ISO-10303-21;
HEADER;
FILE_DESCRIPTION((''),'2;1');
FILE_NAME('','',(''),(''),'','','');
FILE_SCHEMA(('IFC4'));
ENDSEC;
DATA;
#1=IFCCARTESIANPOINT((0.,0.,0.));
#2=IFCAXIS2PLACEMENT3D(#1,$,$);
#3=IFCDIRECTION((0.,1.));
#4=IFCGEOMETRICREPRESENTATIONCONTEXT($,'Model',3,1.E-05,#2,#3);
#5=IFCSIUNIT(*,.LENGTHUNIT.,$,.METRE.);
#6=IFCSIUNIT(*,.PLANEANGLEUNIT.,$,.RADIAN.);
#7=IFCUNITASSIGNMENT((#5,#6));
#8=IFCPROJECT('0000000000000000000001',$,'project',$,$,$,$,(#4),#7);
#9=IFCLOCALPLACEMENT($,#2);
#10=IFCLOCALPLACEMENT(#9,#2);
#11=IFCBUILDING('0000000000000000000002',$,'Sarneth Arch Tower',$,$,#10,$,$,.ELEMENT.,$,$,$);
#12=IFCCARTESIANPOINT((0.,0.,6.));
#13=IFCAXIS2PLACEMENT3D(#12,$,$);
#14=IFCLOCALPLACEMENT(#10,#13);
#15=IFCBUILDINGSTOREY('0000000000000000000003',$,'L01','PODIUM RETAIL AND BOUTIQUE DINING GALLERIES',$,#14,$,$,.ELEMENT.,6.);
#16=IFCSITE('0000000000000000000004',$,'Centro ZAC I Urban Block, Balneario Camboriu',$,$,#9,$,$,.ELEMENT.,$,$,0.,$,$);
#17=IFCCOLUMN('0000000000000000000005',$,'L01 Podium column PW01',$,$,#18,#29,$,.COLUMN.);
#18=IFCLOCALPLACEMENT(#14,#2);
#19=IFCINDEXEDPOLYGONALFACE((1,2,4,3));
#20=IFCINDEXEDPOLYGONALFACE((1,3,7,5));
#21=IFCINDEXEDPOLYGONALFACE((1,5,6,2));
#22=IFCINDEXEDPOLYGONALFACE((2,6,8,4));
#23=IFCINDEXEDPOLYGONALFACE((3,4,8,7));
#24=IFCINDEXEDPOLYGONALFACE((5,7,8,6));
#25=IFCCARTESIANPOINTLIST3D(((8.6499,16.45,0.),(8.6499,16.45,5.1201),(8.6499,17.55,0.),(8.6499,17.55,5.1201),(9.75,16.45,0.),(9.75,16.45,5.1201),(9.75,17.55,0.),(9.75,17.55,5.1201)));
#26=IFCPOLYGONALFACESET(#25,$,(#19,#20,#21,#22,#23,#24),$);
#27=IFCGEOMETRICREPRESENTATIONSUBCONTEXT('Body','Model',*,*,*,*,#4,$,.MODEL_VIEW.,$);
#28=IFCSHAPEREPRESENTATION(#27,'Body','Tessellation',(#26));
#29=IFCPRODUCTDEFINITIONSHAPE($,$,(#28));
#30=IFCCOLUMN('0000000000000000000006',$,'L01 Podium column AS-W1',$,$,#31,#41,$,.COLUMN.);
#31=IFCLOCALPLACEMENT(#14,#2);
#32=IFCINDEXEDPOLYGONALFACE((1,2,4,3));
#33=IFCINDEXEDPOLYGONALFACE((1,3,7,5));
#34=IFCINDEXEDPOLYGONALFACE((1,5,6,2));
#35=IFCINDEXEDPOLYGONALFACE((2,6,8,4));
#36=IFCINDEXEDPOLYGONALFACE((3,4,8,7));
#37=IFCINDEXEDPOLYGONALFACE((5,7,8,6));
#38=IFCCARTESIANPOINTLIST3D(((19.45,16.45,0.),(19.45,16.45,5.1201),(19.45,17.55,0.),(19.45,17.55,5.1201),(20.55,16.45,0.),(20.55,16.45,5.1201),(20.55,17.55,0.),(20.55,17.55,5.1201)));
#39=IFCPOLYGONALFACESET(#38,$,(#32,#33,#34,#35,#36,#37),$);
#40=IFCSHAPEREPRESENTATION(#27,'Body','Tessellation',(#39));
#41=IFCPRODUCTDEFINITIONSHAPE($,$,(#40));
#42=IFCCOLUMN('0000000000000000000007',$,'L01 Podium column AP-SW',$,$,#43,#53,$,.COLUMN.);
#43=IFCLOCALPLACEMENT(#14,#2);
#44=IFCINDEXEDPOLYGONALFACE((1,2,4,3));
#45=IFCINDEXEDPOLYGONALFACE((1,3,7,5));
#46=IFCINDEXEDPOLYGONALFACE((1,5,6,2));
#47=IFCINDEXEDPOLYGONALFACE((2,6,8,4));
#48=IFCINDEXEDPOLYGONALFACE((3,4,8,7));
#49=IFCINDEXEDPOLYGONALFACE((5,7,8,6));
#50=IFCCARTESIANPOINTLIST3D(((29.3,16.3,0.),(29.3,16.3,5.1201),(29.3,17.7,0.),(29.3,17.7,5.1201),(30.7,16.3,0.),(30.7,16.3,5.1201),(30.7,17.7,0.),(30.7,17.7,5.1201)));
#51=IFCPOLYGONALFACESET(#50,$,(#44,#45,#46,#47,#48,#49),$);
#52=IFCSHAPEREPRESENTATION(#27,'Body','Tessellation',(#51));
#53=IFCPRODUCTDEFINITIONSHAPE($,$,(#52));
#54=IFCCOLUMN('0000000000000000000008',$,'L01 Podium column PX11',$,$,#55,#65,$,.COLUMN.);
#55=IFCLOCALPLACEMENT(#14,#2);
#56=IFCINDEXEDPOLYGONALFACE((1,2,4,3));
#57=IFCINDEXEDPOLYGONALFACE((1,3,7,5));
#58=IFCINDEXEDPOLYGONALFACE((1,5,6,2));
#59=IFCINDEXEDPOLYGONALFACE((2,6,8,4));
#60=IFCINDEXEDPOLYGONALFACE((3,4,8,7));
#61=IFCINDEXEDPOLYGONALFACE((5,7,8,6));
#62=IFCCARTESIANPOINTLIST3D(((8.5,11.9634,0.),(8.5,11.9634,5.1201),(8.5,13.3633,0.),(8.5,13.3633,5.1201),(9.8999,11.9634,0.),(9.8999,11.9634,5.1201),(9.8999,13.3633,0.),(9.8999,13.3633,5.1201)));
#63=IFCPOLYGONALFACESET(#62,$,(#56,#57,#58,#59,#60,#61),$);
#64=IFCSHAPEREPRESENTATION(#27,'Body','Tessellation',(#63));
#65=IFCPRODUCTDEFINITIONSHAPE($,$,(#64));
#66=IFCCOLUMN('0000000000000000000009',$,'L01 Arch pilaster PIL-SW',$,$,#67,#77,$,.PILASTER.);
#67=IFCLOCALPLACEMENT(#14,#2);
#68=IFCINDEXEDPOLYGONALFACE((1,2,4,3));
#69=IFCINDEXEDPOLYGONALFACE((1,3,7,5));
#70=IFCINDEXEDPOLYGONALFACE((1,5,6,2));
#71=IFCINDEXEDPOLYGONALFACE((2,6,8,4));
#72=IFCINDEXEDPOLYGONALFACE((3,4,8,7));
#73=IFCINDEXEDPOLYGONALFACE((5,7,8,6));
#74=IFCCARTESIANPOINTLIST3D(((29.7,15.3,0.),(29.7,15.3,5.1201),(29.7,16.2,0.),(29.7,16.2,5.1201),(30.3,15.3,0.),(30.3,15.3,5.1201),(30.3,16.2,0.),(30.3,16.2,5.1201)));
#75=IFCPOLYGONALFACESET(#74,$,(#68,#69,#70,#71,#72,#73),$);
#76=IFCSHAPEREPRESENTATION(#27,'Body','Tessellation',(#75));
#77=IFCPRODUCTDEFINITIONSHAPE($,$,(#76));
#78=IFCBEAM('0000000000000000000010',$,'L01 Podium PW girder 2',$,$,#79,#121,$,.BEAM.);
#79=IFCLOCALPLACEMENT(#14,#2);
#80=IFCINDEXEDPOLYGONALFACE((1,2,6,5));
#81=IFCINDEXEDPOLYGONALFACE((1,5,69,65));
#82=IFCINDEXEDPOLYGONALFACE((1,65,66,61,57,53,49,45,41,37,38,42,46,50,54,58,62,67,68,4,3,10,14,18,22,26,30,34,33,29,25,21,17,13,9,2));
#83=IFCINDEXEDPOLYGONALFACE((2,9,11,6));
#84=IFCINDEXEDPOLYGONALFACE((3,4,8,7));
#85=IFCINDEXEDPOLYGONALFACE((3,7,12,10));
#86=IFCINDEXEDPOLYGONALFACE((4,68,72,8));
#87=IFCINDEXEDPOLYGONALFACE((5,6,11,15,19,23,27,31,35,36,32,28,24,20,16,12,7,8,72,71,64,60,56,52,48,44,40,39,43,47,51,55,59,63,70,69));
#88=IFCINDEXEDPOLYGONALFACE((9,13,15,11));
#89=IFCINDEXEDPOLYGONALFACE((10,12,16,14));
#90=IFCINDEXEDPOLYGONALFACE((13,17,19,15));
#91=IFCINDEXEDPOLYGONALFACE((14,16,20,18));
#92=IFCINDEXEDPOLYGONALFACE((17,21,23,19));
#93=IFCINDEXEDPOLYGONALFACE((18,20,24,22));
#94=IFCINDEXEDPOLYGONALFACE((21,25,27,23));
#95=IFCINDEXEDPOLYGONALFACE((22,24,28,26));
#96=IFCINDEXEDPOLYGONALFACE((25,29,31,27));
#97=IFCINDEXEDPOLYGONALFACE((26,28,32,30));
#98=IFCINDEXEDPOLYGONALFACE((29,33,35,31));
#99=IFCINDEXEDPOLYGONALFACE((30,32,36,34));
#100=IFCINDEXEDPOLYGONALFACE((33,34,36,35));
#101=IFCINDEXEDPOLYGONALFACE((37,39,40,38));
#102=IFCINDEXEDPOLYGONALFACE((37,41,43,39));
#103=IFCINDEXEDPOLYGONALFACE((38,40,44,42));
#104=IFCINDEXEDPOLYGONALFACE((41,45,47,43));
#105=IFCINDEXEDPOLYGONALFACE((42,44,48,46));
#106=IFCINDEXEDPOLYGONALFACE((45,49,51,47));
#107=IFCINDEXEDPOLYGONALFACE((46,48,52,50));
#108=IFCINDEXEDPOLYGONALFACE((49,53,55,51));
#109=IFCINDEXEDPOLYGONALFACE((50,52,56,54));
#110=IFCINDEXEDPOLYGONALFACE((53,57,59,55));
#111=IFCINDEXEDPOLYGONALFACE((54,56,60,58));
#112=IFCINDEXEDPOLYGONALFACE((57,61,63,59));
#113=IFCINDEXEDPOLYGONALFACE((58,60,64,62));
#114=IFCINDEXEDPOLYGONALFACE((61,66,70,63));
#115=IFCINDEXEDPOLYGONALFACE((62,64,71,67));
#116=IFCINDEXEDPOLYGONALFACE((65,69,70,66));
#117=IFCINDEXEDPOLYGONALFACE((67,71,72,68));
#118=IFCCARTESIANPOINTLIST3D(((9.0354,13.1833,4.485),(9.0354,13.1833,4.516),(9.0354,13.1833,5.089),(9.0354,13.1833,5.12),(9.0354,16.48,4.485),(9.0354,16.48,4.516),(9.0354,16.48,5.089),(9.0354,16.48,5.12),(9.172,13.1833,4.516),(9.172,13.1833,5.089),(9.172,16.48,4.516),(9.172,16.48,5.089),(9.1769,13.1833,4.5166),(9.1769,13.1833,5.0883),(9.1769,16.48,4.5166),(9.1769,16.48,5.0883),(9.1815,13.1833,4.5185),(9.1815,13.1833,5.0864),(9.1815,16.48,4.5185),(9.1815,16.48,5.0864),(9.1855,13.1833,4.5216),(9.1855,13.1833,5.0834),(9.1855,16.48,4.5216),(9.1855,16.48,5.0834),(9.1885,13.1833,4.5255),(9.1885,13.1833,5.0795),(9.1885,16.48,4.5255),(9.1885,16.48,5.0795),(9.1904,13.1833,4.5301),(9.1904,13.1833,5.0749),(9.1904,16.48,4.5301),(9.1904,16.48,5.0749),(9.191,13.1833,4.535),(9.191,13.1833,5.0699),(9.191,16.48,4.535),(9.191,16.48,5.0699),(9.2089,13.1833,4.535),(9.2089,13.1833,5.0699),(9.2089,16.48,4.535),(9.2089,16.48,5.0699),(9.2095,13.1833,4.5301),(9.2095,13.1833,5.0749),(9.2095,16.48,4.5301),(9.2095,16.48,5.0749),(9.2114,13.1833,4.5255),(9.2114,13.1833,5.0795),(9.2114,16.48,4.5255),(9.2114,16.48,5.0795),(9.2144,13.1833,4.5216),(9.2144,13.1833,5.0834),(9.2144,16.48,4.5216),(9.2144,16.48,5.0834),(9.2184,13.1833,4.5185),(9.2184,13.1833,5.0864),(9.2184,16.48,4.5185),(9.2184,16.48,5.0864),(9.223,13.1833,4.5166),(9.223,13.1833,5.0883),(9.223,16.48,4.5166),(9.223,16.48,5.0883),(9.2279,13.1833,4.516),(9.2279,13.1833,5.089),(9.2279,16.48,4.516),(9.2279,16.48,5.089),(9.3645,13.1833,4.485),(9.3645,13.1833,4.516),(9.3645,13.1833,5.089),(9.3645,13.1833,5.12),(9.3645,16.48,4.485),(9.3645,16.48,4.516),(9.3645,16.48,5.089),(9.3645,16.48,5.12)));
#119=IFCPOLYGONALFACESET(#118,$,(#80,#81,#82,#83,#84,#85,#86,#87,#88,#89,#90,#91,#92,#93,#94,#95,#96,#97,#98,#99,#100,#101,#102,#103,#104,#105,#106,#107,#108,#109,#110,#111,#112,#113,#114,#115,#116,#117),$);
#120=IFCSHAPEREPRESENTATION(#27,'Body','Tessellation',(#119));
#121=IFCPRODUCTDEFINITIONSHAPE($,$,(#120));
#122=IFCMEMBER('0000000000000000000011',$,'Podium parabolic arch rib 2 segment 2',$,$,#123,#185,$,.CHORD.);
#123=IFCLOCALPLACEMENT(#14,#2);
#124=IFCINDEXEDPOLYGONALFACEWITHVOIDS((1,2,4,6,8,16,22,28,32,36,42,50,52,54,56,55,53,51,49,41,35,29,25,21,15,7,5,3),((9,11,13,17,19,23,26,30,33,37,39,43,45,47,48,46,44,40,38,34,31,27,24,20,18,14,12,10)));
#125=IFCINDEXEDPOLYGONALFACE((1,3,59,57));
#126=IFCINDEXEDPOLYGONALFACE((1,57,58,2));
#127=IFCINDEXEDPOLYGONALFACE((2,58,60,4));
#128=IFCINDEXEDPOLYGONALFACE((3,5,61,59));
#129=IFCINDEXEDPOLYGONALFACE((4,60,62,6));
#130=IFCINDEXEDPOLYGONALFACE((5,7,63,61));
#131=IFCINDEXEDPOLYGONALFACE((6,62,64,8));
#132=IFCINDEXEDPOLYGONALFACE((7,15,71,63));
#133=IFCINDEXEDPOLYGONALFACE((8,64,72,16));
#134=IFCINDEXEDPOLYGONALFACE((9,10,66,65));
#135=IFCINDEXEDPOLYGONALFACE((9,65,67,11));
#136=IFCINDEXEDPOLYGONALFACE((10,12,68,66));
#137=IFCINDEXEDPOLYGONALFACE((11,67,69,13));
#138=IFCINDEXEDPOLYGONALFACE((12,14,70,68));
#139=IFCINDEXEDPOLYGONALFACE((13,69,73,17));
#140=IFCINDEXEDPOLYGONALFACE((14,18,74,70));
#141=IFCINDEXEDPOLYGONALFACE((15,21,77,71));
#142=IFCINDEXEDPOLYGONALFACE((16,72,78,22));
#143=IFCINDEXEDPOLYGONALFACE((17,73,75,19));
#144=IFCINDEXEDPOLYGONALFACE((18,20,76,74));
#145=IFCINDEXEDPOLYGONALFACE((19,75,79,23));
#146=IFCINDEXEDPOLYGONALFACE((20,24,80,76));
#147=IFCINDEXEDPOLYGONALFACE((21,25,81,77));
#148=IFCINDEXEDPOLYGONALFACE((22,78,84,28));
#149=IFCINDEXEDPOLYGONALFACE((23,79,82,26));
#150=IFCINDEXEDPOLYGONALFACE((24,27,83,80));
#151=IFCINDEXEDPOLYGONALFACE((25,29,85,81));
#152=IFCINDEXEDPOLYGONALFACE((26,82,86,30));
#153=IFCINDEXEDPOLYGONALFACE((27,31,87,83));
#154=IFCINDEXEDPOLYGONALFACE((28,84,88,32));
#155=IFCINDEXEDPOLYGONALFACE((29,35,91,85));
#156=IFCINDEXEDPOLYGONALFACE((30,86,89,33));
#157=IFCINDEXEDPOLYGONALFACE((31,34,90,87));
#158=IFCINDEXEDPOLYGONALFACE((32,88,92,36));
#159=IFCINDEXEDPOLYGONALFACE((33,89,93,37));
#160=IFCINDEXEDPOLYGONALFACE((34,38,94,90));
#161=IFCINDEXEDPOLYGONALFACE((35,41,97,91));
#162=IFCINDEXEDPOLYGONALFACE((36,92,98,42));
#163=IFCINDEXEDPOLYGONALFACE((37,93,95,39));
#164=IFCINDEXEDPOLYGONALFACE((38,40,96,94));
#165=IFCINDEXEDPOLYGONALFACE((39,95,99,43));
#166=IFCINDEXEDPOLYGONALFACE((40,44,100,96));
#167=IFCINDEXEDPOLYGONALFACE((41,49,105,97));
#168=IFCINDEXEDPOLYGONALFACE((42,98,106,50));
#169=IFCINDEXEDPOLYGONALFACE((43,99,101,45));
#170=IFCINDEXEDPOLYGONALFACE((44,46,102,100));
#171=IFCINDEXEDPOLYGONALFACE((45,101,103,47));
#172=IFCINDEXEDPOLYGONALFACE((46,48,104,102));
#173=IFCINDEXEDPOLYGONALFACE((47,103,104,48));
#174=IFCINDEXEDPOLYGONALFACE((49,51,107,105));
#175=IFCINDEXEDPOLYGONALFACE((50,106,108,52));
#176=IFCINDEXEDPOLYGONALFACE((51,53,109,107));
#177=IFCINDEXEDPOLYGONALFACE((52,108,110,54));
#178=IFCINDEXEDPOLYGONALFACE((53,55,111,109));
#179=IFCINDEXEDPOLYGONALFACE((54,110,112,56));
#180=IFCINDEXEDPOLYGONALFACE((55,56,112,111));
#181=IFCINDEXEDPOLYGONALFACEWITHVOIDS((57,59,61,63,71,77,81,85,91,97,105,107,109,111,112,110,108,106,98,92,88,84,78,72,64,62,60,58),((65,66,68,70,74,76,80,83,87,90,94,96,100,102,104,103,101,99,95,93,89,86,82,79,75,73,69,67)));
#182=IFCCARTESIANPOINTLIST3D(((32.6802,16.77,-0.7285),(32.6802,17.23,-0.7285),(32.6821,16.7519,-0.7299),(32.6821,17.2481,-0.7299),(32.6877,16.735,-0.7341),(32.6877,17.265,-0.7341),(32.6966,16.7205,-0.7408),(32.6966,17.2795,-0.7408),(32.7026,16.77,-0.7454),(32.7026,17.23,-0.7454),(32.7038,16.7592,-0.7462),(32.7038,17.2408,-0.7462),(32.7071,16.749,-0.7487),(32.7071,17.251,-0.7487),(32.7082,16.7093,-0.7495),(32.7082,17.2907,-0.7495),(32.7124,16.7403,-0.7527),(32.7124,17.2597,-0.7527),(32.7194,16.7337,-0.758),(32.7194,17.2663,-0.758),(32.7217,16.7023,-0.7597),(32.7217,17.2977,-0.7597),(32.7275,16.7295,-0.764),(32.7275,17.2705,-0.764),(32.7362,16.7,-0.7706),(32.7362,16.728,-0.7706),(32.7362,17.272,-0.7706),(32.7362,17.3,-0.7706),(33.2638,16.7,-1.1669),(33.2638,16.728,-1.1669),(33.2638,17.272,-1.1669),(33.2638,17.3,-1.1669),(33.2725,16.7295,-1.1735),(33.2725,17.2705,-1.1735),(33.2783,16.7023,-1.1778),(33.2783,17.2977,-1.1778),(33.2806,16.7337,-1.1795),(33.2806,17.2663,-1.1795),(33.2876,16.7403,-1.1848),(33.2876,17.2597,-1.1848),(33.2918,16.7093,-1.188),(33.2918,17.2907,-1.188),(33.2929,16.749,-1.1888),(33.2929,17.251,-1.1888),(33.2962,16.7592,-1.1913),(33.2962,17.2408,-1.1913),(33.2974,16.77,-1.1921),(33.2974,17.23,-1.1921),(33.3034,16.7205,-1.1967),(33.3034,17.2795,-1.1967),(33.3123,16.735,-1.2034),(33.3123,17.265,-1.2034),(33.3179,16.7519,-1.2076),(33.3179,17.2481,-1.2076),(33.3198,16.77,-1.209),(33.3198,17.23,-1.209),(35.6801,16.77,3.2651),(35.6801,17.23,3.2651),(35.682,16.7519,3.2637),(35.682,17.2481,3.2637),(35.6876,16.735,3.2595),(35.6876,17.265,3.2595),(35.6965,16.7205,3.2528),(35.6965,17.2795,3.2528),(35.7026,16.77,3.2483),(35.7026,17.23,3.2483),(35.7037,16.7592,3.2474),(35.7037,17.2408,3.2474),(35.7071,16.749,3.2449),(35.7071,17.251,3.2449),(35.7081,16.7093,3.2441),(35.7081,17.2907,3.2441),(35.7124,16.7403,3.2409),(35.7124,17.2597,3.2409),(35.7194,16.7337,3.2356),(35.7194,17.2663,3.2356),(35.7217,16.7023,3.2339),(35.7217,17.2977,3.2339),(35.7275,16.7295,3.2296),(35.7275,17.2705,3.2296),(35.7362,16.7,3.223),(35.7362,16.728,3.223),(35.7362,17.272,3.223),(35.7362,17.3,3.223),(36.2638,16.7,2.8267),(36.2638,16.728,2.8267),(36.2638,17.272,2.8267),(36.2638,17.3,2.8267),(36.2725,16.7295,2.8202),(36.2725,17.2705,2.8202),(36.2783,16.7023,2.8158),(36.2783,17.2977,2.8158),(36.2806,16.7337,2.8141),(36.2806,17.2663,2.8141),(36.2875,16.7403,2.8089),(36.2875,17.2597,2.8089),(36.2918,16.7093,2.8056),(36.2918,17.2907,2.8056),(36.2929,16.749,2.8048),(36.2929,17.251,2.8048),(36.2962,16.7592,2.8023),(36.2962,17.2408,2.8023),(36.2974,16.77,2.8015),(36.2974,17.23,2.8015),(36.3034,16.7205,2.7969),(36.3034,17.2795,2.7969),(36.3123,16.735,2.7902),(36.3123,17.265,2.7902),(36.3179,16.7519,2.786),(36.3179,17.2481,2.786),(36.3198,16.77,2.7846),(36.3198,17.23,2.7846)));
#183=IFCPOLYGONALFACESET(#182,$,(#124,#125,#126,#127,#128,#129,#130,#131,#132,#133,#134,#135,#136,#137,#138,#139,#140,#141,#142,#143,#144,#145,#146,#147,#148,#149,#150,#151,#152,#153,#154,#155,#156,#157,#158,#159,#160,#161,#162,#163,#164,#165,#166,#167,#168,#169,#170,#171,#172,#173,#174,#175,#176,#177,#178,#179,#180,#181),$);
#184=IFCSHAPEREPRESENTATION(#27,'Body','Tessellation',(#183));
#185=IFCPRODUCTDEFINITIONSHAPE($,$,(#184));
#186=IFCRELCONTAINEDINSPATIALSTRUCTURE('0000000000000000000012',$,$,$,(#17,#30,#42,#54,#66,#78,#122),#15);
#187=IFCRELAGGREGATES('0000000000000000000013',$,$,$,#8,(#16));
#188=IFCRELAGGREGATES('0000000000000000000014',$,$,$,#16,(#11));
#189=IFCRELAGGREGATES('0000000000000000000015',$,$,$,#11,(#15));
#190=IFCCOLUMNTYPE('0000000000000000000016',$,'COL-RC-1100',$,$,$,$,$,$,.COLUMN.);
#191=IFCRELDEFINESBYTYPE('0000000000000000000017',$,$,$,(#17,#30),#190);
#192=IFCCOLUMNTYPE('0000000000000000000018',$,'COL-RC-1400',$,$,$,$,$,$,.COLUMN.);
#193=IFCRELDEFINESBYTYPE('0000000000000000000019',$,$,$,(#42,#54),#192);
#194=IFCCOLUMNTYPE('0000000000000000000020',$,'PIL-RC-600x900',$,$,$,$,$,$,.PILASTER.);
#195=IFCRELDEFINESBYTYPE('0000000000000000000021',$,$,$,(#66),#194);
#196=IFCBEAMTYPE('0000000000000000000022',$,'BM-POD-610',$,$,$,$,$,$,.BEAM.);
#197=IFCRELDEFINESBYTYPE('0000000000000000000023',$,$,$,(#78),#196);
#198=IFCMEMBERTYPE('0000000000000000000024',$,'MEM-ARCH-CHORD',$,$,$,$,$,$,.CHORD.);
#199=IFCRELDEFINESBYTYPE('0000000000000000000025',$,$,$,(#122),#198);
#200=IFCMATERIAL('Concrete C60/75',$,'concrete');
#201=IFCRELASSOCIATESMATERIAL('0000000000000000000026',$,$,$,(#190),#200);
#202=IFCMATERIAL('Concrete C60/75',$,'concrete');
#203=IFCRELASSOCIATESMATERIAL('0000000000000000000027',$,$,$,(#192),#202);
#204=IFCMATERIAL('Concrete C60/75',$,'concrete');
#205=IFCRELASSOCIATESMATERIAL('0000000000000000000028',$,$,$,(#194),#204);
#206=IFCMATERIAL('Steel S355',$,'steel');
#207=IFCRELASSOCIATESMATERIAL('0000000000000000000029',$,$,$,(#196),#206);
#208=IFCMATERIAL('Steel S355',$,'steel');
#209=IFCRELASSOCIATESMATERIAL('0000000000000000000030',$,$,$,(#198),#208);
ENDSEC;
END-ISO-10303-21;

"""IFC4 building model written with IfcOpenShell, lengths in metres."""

from ifc_helpers import new_model, si_unit, direction, frame, origin, origin_2d, place, context, subcontext, project, spatial, rectangle, hollow_rectangle, i_section, extrude, material, material_profile, profile_set, type_object, element, save


model = new_model("IFC4")

# Units and contexts
model_context = context("Model", 3, precision=1e-05, world=origin(), true_north=direction((0.0, 1.0)))
body_context = subcontext(model_context, "Body", "Model", "MODEL_VIEW")
ifc_project = project(units=[si_unit("LENGTHUNIT", "METRE"), si_unit("PLANEANGLEUNIT", "RADIAN")], contexts=[model_context])

# Site, building, storey
site_placement = place(None, origin())
site = spatial("IfcSite", under=ifc_project, at=site_placement, Name="Centro ZAC I Urban Block, Balneario Camboriu", CompositionType="ELEMENT", RefElevation=0.0)
building_placement = place(site_placement, origin())
building = spatial("IfcBuilding", under=site, at=building_placement, Name="Sarneth Arch Tower", CompositionType="ELEMENT")
storey_placement = place(building_placement, frame((0.0, 0.0, 6.0)))
storey = spatial("IfcBuildingStorey", under=building, at=storey_placement, Name="L01", Description="PODIUM RETAIL AND BOUTIQUE DINING GALLERIES", CompositionType="ELEMENT", Elevation=6.0)

# Columns
ifc_material_1 = material(Name="Concrete C60/75", Category="concrete")
ifc_material_profile_1 = material_profile(ifc_material_1, rectangle(XDim=1.1001, YDim=1.1001, at=origin_2d()), Name="RC-1100x1100")
ifc_profile_set_1 = profile_set([ifc_material_profile_1], Name="Concrete C60/75")
column_type_1 = type_object("IfcColumnType", Name="COL-RC-1100", PredefinedType="COLUMN", material=ifc_profile_set_1)
for number, where, z_axis, x_axis, name in (
    (1, (9.2, 17.0, 0.0), (0.0, 0.0, 1.0), (1.0, 0.0, 0.0), "L01 Podium column PW01"),
    (2, (20.0, 17.0, 0.0), (0.0, 0.0, 1.0), (1.0, 0.0, 0.0), "L01 Podium column AS-W1"),
):
    element("IfcColumn", number, at=place(storey_placement, frame(where, z_axis=z_axis, x_axis=x_axis)), inside=storey, type_object=column_type_1, Name=name, PredefinedType="COLUMN", context=body_context, shape_type="SweptSolid", body=[
        extrude(rectangle(XDim=1.1001, YDim=1.1001, at=origin_2d()), origin(), (0.0, 0.0, 1.0), 5.1201),
    ])
ifc_material_2 = material(Name="Concrete C60/75", Category="concrete")
ifc_material_profile_2 = material_profile(ifc_material_2, rectangle(XDim=1.3999, YDim=1.3999, at=origin_2d()), Name="RC-1400x1400")
ifc_profile_set_2 = profile_set([ifc_material_profile_2], Name="Concrete C60/75")
column_type_2 = type_object("IfcColumnType", Name="COL-RC-1400", PredefinedType="COLUMN", material=ifc_profile_set_2)
for number, where, z_axis, x_axis, name in (
    (3, (30.0, 17.0, 0.0), (0.0, 0.0, 1.0), (1.0, 0.0, 0.0), "L01 Podium column AP-SW"),
    (4, (9.2, 12.6633, 0.0), (0.0, 0.0, 1.0), (1.0, 0.0, 0.0), "L01 Podium column PX11"),
):
    element("IfcColumn", number, at=place(storey_placement, frame(where, z_axis=z_axis, x_axis=x_axis)), inside=storey, type_object=column_type_2, Name=name, PredefinedType="COLUMN", context=body_context, shape_type="SweptSolid", body=[
        extrude(rectangle(XDim=1.3999, YDim=1.3999, at=origin_2d()), origin(), (0.0, 0.0, 1.0), 5.1201),
    ])
ifc_material_3 = material(Name="Concrete C60/75", Category="concrete")
ifc_material_profile_3 = material_profile(ifc_material_3, rectangle(XDim=0.6001, YDim=0.8999, at=origin_2d()), Name="RC-600x900")
ifc_profile_set_3 = profile_set([ifc_material_profile_3], Name="Concrete C60/75")
column_type_3 = type_object("IfcColumnType", Name="PIL-RC-600x900", PredefinedType="PILASTER", material=ifc_profile_set_3)
column_placement = place(storey_placement, frame((30.0, 15.75, 0.0), z_axis=(0.0, 0.0, 1.0), x_axis=(1.0, 0.0, 0.0)))
element("IfcColumn", 5, at=column_placement, inside=storey, type_object=column_type_3, Name="L01 Arch pilaster PIL-SW", PredefinedType="PILASTER", context=body_context, shape_type="SweptSolid", body=[
    extrude(rectangle(XDim=0.6001, YDim=0.8999, at=origin_2d()), origin(), (0.0, 0.0, 1.0), 5.1201),
])

# Beam
ifc_material_4 = material(Name="Steel S355", Category="steel")
ifc_material_profile_4 = material_profile(ifc_material_4, i_section(OverallWidth=0.3291, OverallDepth=0.635, WebThickness=0.0178, FlangeThickness=0.031, FilletRadius=0.019, at=origin_2d()), Name="W610x241")
ifc_profile_set_4 = profile_set([ifc_material_profile_4], Name="Steel S355")
beam_type = type_object("IfcBeamType", Name="BM-POD-610", PredefinedType="BEAM", material=ifc_profile_set_4)
beam_placement = place(storey_placement, frame((9.2, 13.1833, 4.8025), z_axis=(0.0, 1.0, 0.0), x_axis=(-1.0, 0.0, 0.0)))
element("IfcBeam", 6, at=beam_placement, inside=storey, type_object=beam_type, Name="L01 Podium PW girder 2", PredefinedType="BEAM", context=body_context, shape_type="SweptSolid", body=[
    extrude(i_section(OverallWidth=0.3291, OverallDepth=0.635, WebThickness=0.0178, FlangeThickness=0.031, FilletRadius=0.019, at=origin_2d()), origin(), (0.0, 0.0, 1.0), 3.2966),
])

# Member
ifc_material_5 = material(Name="Steel S355", Category="steel")
ifc_material_profile_5 = material_profile(ifc_material_5, hollow_rectangle(XDim=0.6001, YDim=0.8, WallThickness=0.0281, InnerFilletRadius=0.042, OuterFilletRadius=0.0701, at=origin_2d()), Name="RHS800x600x28")
ifc_profile_set_5 = profile_set([ifc_material_profile_5], Name="Steel S355")
member_type_1 = type_object("IfcMemberType", Name="MEM-ARCH-CHORD", PredefinedType="CHORD", material=ifc_profile_set_5)
member_1_placement = place(storey_placement, frame((33.0, 17.0, -0.9688), z_axis=(0.60061, 0.0, 0.799542), x_axis=(0.0, 1.0, 0.0)))
element("IfcMember", 7, at=member_1_placement, inside=storey, type_object=member_type_1, Name="Podium parabolic arch rib 2 segment 2", PredefinedType="CHORD", context=body_context, shape_type="SweptSolid", body=[
    extrude(hollow_rectangle(XDim=0.6001, YDim=0.8, WallThickness=0.0281, InnerFilletRadius=0.042, OuterFilletRadius=0.0701, at=origin_2d()), origin(), (0.0, 0.0, 1.0), 4.9949),
])

save(model, "model.ifc")
